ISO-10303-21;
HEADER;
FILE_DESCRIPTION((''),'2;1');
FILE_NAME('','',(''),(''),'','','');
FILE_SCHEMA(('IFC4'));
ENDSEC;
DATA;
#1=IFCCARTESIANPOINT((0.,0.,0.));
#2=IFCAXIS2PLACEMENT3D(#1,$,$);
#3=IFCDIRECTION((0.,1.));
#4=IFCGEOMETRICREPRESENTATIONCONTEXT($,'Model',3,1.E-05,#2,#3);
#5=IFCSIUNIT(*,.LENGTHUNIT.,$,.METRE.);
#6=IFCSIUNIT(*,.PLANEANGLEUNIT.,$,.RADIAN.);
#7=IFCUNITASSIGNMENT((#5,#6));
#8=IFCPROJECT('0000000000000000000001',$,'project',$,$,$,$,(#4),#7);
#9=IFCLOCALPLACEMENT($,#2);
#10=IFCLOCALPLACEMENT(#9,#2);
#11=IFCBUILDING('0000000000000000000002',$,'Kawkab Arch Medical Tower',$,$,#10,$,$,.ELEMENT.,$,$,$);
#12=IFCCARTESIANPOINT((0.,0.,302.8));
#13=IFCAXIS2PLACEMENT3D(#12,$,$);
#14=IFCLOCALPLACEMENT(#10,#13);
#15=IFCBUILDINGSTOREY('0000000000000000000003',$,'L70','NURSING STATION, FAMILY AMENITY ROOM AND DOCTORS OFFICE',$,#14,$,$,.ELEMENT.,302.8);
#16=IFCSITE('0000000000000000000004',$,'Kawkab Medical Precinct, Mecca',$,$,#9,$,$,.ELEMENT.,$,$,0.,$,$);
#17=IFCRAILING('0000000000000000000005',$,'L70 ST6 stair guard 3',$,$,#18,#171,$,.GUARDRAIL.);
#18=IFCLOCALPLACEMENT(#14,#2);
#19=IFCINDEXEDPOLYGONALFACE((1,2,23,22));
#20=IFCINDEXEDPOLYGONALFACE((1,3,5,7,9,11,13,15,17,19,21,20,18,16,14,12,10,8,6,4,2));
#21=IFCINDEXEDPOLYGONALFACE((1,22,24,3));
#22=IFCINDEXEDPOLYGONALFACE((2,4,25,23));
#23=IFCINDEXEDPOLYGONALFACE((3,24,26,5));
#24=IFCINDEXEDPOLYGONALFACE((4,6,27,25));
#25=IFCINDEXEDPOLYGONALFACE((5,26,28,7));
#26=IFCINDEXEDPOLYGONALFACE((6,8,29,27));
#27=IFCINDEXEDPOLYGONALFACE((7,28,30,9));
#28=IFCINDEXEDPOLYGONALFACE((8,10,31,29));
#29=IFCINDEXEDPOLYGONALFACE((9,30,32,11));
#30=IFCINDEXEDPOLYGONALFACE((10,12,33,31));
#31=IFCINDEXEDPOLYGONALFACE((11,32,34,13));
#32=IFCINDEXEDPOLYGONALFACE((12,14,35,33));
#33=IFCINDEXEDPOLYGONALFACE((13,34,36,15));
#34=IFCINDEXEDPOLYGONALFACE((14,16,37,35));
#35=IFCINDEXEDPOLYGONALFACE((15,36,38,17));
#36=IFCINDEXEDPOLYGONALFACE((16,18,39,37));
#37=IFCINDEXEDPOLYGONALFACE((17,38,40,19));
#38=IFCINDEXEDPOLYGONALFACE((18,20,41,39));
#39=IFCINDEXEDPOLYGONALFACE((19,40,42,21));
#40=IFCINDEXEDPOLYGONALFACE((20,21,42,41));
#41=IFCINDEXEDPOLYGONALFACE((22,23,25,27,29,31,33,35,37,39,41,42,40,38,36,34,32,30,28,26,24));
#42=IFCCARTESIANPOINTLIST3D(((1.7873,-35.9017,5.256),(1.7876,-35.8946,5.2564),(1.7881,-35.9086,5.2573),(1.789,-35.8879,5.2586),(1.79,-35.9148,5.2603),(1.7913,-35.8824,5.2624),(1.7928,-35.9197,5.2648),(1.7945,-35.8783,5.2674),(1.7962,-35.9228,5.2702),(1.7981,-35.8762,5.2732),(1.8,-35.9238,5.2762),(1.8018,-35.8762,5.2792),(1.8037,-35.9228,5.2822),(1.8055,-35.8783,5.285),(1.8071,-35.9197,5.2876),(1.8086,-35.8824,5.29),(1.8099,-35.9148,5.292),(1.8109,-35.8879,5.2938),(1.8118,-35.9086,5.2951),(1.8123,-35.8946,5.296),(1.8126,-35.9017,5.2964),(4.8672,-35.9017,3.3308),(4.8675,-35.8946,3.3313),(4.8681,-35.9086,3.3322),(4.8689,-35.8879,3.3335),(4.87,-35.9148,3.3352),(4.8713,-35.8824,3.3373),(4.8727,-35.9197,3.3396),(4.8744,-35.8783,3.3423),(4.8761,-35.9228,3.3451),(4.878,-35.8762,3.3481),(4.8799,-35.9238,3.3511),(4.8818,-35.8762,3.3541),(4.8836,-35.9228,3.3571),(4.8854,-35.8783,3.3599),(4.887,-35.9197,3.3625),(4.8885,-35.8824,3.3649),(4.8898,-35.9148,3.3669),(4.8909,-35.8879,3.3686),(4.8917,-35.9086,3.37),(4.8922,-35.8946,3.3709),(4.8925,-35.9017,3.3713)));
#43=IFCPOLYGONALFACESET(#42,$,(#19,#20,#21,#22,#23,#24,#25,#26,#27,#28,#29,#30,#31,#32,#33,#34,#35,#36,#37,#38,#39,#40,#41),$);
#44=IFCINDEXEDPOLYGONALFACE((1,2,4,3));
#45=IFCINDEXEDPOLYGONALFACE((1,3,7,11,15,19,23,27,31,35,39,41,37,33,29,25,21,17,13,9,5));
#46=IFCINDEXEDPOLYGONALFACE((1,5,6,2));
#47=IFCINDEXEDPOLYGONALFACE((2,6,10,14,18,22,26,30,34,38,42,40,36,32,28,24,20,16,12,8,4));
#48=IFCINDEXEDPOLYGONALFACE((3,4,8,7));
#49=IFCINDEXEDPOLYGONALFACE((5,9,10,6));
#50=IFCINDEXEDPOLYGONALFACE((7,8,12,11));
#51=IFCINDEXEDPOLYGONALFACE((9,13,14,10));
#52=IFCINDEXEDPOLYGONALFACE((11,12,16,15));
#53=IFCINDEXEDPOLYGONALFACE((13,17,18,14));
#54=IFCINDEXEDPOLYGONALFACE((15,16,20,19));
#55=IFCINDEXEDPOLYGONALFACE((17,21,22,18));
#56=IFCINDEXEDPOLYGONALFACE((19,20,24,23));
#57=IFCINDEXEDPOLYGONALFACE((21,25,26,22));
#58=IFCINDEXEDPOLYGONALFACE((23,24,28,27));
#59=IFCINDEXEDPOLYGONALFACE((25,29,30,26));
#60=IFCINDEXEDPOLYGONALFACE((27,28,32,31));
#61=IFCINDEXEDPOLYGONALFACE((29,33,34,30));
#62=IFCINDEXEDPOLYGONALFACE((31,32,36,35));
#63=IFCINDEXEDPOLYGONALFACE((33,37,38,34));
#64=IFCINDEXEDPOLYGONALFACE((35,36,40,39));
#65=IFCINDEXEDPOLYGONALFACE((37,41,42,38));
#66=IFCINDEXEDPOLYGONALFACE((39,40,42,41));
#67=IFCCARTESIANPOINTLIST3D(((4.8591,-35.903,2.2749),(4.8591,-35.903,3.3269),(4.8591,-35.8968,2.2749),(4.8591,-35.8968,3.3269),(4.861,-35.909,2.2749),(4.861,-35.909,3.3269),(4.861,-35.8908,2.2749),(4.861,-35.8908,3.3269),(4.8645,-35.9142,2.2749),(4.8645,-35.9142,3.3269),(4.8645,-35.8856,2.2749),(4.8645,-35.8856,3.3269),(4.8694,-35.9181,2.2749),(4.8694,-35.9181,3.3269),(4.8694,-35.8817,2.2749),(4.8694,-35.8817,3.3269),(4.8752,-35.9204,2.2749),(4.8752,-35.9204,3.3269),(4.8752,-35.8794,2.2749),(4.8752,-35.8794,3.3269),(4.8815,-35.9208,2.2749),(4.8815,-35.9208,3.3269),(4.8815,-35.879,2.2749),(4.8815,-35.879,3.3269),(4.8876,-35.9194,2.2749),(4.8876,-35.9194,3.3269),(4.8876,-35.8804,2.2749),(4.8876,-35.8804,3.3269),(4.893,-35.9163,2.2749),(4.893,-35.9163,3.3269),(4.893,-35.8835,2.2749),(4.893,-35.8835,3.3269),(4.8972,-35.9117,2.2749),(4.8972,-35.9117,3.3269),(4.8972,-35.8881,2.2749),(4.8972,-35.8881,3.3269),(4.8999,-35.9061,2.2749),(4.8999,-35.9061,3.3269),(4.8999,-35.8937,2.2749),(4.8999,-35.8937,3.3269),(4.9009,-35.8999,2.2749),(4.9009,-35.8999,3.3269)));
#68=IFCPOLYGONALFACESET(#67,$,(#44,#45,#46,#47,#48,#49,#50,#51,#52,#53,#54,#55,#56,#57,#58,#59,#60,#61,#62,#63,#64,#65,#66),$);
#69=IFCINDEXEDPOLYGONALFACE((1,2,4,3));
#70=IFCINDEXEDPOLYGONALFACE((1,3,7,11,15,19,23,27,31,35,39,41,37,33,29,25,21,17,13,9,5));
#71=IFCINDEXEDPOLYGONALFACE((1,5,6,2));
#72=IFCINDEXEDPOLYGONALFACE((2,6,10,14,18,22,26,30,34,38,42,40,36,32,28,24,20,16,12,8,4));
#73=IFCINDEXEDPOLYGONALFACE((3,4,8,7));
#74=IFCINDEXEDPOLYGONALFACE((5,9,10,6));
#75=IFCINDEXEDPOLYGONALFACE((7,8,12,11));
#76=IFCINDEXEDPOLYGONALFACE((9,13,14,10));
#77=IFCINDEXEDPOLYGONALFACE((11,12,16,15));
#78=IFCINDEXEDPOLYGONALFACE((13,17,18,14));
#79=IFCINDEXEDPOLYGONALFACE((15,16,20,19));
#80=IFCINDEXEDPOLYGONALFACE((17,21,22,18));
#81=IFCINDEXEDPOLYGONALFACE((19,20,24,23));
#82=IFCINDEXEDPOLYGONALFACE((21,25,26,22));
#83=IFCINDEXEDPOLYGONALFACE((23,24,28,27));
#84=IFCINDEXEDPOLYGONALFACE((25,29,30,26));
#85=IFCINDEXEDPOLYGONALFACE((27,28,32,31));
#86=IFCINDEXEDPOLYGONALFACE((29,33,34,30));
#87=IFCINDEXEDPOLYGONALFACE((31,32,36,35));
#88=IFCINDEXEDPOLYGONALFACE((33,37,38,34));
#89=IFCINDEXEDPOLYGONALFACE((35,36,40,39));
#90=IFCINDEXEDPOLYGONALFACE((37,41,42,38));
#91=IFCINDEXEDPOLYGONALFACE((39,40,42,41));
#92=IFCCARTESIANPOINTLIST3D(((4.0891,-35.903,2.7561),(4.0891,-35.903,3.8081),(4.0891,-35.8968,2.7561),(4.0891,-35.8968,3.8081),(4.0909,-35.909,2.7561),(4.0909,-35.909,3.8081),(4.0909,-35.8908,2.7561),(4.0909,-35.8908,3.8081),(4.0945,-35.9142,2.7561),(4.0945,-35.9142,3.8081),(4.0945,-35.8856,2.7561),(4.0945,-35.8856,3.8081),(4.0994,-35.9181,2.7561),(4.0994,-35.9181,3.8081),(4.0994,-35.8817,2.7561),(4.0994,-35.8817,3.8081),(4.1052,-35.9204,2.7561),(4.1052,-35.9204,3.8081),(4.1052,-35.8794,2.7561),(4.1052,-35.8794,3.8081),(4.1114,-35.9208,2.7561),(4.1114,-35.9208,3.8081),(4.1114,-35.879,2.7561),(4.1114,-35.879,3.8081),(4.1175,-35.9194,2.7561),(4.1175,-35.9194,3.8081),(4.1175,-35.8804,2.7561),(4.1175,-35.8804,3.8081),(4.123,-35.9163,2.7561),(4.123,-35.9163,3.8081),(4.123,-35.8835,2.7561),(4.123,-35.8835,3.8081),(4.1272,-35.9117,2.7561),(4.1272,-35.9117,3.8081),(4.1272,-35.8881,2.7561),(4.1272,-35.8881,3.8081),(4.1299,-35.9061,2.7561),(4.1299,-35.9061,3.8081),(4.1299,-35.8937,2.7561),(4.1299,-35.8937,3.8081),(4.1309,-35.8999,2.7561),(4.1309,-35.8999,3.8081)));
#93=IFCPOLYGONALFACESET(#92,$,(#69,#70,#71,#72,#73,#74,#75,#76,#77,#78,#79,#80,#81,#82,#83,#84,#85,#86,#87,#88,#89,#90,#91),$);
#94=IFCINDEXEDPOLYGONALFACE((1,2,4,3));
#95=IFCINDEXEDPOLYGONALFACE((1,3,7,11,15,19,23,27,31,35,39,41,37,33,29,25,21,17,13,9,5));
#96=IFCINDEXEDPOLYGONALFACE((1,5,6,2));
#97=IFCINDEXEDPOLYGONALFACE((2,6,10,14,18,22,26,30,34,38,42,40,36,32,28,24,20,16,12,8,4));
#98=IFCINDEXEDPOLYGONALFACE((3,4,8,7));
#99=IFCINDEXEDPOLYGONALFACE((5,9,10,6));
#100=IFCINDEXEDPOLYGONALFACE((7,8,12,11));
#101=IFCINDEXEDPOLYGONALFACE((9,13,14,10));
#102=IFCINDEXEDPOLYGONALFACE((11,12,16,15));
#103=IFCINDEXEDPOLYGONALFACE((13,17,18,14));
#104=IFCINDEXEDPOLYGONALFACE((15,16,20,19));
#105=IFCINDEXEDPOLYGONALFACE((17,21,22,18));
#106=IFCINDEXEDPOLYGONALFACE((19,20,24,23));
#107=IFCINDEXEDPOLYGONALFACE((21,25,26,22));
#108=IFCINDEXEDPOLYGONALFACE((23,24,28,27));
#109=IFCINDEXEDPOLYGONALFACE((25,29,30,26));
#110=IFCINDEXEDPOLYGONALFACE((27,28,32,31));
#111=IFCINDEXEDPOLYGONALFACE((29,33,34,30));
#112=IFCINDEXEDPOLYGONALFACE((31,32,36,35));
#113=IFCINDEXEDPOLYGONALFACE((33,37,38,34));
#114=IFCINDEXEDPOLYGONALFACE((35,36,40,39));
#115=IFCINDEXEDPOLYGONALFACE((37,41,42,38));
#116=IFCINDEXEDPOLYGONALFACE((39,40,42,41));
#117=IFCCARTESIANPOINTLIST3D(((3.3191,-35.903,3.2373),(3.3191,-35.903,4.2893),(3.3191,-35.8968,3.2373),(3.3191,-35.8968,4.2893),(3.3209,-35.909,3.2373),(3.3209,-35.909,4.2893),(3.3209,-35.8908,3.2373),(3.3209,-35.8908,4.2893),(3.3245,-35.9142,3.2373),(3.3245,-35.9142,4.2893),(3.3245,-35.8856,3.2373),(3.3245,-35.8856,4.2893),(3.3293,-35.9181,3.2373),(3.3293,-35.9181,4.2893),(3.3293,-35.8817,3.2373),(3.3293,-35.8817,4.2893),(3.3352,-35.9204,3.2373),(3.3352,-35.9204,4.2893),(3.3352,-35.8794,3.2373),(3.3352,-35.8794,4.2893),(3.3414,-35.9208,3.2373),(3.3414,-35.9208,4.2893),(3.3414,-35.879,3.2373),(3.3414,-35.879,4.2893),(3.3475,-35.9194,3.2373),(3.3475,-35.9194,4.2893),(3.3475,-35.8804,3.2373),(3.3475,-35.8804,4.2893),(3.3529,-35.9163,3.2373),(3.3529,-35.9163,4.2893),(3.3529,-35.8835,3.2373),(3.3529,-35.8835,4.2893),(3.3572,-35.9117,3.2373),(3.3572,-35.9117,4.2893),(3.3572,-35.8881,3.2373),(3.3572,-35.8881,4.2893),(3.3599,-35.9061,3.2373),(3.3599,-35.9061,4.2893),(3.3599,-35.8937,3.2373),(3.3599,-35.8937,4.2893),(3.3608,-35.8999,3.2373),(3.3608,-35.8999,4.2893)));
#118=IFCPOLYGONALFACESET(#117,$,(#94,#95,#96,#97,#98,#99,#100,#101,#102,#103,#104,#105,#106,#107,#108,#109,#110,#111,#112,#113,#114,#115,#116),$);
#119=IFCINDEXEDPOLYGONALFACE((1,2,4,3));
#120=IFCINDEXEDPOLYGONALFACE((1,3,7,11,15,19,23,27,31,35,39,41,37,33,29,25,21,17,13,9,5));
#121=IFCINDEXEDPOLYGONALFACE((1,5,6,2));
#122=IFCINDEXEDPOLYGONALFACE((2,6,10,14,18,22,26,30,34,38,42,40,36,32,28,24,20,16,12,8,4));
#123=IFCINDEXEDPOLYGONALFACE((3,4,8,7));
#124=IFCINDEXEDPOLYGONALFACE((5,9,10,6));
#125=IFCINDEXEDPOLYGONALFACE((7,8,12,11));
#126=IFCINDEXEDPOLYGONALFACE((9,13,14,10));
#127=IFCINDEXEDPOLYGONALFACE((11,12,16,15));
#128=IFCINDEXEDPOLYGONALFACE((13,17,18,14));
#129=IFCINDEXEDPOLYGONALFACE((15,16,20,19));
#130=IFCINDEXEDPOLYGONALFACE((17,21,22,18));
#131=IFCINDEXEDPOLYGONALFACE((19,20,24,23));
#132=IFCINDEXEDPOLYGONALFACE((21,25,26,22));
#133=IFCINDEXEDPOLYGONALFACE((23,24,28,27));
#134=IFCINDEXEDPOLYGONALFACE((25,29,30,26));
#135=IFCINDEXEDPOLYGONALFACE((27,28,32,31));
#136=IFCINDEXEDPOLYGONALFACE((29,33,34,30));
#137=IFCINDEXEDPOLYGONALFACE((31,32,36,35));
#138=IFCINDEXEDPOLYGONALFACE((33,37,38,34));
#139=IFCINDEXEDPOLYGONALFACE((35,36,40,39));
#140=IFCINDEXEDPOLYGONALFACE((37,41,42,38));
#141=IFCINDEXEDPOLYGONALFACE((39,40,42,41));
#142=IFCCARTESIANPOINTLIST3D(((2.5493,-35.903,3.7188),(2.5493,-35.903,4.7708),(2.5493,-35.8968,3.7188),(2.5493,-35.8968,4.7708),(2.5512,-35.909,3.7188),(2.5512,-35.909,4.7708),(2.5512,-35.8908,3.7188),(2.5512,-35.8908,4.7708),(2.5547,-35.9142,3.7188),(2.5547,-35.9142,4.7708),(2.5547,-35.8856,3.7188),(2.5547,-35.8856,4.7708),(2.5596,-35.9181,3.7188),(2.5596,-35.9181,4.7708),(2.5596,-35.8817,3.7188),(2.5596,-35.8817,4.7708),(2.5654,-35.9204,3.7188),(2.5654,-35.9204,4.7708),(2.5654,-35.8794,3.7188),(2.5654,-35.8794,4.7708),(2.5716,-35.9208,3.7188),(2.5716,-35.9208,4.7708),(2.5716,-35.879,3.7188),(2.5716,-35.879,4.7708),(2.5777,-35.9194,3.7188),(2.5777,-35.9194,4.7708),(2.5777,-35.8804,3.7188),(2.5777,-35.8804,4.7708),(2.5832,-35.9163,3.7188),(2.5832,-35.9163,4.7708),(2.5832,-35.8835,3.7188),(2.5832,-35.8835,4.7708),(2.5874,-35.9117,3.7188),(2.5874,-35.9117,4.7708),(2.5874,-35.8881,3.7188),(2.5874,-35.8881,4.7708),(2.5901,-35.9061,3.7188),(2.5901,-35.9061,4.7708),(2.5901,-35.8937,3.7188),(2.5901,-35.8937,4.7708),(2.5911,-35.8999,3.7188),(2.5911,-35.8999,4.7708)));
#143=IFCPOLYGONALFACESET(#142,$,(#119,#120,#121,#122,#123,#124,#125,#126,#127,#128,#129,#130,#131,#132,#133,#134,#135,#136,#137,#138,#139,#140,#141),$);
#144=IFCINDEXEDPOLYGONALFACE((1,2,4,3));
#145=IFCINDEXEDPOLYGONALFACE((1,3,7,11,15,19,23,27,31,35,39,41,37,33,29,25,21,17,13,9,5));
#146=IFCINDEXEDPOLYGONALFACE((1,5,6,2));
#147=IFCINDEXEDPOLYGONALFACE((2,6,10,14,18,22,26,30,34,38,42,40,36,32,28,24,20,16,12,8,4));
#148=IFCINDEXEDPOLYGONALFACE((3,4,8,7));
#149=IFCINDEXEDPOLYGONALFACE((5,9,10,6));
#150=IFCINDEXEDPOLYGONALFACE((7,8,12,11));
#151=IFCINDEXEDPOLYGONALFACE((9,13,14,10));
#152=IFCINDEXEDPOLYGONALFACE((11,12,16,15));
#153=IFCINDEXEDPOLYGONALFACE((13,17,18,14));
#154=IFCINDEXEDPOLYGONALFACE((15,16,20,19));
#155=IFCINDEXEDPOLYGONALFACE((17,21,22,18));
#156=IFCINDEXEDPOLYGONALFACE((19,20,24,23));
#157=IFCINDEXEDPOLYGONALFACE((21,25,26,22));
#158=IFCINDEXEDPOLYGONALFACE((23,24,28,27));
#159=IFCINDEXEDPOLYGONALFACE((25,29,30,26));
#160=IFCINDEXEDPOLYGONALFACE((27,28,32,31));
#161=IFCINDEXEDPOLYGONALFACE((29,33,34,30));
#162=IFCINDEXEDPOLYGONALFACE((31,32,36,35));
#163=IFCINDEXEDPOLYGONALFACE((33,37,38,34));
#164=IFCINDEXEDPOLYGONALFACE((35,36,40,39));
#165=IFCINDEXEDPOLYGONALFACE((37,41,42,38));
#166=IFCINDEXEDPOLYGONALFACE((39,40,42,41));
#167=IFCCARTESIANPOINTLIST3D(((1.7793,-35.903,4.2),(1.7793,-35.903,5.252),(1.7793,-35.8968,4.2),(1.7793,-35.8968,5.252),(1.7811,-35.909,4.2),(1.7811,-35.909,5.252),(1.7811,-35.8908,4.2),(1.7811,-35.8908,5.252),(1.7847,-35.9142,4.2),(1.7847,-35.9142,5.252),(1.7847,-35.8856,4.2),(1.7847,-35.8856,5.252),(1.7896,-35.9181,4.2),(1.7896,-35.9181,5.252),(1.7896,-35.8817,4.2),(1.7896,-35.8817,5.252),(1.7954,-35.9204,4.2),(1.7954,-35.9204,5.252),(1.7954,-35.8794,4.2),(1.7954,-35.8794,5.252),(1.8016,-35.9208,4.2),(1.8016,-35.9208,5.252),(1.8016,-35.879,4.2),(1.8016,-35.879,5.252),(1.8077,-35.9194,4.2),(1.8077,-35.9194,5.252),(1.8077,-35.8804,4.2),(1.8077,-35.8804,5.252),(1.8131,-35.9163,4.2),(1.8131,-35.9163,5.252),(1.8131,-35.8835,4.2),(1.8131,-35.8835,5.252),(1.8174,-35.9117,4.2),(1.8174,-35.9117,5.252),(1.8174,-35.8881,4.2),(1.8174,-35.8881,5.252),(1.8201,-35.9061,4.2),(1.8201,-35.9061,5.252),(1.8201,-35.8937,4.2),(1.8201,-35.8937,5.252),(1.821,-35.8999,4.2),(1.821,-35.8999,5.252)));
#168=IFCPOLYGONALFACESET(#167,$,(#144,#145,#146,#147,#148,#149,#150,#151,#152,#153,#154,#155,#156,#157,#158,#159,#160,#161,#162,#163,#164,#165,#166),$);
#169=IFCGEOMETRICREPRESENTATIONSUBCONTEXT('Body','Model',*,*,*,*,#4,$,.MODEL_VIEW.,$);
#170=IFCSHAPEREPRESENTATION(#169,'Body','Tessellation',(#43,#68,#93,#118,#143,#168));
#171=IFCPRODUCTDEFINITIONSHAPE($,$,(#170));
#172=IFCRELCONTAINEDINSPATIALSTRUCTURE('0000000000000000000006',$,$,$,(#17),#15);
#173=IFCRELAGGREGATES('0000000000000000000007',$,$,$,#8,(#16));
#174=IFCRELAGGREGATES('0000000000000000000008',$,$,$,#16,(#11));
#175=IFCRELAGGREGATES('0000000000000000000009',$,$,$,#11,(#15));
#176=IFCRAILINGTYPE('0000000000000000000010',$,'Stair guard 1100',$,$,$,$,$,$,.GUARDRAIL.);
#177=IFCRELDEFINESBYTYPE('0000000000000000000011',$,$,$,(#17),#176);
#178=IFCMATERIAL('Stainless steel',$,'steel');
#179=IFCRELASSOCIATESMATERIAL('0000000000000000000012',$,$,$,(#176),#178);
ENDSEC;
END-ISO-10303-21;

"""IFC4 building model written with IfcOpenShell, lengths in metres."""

from ifc_helpers import new_model, si_unit, direction, frame, origin, origin_2d, place, context, subcontext, project, spatial, circle, extrude, material, type_object, element, save


model = new_model("IFC4")

# Units and contexts
model_context = context("Model", 3, precision=1e-05, world=origin(), true_north=direction((0.0, 1.0)))
body_context = subcontext(model_context, "Body", "Model", "MODEL_VIEW")
ifc_project = project(units=[si_unit("LENGTHUNIT", "METRE"), si_unit("PLANEANGLEUNIT", "RADIAN")], contexts=[model_context])

# Site, building, storey
site_placement = place(None, origin())
site = spatial("IfcSite", under=ifc_project, at=site_placement, Name="Kawkab Medical Precinct, Mecca", CompositionType="ELEMENT", RefElevation=0.0)
building_placement = place(site_placement, origin())
building = spatial("IfcBuilding", under=site, at=building_placement, Name="Kawkab Arch Medical Tower", CompositionType="ELEMENT")
storey_placement = place(building_placement, frame((0.0, 0.0, 302.8)))
storey = spatial("IfcBuildingStorey", under=building, at=storey_placement, Name="L70", Description="NURSING STATION, FAMILY AMENITY ROOM AND DOCTORS OFFICE", CompositionType="ELEMENT", Elevation=302.8)

# Railing
ifc_material_1 = material(Name="Stainless steel", Category="steel")
railing_type_1 = type_object("IfcRailingType", Name="Stair guard 1100", PredefinedType="GUARDRAIL", material=ifc_material_1)
railing_1_placement = place(storey_placement, frame((4.8799, -35.8999, 2.2749)))
element("IfcRailing", 1, at=railing_1_placement, inside=storey, type_object=railing_type_1, Name="L70 ST6 stair guard 3", PredefinedType="GUARDRAIL", context=body_context, shape_type="SweptSolid", body=[
    extrude(circle(Radius=0.0239, at=origin_2d()), frame((0.0, 0.0, 1.0762), z_axis=(-0.847979, 0.0, 0.530029), x_axis=(0.0, -1.0, 0.0)), (0.0, 0.0, 1.0), 3.6321),
    extrude(circle(Radius=0.021, at=origin_2d()), origin(), (0.0, 0.0, 1.0), 1.052),
    extrude(circle(Radius=0.021, at=origin_2d()), frame((-0.77, 0.0, 0.4812)), (0.0, 0.0, 1.0), 1.052),
    extrude(circle(Radius=0.021, at=origin_2d()), frame((-1.54, 0.0, 0.9624)), (0.0, 0.0, 1.0), 1.052),
    extrude(circle(Radius=0.021, at=origin_2d()), frame((-2.3098, 0.0, 1.4438)), (0.0, 0.0, 1.0), 1.052),
    extrude(circle(Radius=0.021, at=origin_2d()), frame((-3.0798, 0.0, 1.925)), (0.0, 0.0, 1.0), 1.052),
])

save(model, "model.ifc")
